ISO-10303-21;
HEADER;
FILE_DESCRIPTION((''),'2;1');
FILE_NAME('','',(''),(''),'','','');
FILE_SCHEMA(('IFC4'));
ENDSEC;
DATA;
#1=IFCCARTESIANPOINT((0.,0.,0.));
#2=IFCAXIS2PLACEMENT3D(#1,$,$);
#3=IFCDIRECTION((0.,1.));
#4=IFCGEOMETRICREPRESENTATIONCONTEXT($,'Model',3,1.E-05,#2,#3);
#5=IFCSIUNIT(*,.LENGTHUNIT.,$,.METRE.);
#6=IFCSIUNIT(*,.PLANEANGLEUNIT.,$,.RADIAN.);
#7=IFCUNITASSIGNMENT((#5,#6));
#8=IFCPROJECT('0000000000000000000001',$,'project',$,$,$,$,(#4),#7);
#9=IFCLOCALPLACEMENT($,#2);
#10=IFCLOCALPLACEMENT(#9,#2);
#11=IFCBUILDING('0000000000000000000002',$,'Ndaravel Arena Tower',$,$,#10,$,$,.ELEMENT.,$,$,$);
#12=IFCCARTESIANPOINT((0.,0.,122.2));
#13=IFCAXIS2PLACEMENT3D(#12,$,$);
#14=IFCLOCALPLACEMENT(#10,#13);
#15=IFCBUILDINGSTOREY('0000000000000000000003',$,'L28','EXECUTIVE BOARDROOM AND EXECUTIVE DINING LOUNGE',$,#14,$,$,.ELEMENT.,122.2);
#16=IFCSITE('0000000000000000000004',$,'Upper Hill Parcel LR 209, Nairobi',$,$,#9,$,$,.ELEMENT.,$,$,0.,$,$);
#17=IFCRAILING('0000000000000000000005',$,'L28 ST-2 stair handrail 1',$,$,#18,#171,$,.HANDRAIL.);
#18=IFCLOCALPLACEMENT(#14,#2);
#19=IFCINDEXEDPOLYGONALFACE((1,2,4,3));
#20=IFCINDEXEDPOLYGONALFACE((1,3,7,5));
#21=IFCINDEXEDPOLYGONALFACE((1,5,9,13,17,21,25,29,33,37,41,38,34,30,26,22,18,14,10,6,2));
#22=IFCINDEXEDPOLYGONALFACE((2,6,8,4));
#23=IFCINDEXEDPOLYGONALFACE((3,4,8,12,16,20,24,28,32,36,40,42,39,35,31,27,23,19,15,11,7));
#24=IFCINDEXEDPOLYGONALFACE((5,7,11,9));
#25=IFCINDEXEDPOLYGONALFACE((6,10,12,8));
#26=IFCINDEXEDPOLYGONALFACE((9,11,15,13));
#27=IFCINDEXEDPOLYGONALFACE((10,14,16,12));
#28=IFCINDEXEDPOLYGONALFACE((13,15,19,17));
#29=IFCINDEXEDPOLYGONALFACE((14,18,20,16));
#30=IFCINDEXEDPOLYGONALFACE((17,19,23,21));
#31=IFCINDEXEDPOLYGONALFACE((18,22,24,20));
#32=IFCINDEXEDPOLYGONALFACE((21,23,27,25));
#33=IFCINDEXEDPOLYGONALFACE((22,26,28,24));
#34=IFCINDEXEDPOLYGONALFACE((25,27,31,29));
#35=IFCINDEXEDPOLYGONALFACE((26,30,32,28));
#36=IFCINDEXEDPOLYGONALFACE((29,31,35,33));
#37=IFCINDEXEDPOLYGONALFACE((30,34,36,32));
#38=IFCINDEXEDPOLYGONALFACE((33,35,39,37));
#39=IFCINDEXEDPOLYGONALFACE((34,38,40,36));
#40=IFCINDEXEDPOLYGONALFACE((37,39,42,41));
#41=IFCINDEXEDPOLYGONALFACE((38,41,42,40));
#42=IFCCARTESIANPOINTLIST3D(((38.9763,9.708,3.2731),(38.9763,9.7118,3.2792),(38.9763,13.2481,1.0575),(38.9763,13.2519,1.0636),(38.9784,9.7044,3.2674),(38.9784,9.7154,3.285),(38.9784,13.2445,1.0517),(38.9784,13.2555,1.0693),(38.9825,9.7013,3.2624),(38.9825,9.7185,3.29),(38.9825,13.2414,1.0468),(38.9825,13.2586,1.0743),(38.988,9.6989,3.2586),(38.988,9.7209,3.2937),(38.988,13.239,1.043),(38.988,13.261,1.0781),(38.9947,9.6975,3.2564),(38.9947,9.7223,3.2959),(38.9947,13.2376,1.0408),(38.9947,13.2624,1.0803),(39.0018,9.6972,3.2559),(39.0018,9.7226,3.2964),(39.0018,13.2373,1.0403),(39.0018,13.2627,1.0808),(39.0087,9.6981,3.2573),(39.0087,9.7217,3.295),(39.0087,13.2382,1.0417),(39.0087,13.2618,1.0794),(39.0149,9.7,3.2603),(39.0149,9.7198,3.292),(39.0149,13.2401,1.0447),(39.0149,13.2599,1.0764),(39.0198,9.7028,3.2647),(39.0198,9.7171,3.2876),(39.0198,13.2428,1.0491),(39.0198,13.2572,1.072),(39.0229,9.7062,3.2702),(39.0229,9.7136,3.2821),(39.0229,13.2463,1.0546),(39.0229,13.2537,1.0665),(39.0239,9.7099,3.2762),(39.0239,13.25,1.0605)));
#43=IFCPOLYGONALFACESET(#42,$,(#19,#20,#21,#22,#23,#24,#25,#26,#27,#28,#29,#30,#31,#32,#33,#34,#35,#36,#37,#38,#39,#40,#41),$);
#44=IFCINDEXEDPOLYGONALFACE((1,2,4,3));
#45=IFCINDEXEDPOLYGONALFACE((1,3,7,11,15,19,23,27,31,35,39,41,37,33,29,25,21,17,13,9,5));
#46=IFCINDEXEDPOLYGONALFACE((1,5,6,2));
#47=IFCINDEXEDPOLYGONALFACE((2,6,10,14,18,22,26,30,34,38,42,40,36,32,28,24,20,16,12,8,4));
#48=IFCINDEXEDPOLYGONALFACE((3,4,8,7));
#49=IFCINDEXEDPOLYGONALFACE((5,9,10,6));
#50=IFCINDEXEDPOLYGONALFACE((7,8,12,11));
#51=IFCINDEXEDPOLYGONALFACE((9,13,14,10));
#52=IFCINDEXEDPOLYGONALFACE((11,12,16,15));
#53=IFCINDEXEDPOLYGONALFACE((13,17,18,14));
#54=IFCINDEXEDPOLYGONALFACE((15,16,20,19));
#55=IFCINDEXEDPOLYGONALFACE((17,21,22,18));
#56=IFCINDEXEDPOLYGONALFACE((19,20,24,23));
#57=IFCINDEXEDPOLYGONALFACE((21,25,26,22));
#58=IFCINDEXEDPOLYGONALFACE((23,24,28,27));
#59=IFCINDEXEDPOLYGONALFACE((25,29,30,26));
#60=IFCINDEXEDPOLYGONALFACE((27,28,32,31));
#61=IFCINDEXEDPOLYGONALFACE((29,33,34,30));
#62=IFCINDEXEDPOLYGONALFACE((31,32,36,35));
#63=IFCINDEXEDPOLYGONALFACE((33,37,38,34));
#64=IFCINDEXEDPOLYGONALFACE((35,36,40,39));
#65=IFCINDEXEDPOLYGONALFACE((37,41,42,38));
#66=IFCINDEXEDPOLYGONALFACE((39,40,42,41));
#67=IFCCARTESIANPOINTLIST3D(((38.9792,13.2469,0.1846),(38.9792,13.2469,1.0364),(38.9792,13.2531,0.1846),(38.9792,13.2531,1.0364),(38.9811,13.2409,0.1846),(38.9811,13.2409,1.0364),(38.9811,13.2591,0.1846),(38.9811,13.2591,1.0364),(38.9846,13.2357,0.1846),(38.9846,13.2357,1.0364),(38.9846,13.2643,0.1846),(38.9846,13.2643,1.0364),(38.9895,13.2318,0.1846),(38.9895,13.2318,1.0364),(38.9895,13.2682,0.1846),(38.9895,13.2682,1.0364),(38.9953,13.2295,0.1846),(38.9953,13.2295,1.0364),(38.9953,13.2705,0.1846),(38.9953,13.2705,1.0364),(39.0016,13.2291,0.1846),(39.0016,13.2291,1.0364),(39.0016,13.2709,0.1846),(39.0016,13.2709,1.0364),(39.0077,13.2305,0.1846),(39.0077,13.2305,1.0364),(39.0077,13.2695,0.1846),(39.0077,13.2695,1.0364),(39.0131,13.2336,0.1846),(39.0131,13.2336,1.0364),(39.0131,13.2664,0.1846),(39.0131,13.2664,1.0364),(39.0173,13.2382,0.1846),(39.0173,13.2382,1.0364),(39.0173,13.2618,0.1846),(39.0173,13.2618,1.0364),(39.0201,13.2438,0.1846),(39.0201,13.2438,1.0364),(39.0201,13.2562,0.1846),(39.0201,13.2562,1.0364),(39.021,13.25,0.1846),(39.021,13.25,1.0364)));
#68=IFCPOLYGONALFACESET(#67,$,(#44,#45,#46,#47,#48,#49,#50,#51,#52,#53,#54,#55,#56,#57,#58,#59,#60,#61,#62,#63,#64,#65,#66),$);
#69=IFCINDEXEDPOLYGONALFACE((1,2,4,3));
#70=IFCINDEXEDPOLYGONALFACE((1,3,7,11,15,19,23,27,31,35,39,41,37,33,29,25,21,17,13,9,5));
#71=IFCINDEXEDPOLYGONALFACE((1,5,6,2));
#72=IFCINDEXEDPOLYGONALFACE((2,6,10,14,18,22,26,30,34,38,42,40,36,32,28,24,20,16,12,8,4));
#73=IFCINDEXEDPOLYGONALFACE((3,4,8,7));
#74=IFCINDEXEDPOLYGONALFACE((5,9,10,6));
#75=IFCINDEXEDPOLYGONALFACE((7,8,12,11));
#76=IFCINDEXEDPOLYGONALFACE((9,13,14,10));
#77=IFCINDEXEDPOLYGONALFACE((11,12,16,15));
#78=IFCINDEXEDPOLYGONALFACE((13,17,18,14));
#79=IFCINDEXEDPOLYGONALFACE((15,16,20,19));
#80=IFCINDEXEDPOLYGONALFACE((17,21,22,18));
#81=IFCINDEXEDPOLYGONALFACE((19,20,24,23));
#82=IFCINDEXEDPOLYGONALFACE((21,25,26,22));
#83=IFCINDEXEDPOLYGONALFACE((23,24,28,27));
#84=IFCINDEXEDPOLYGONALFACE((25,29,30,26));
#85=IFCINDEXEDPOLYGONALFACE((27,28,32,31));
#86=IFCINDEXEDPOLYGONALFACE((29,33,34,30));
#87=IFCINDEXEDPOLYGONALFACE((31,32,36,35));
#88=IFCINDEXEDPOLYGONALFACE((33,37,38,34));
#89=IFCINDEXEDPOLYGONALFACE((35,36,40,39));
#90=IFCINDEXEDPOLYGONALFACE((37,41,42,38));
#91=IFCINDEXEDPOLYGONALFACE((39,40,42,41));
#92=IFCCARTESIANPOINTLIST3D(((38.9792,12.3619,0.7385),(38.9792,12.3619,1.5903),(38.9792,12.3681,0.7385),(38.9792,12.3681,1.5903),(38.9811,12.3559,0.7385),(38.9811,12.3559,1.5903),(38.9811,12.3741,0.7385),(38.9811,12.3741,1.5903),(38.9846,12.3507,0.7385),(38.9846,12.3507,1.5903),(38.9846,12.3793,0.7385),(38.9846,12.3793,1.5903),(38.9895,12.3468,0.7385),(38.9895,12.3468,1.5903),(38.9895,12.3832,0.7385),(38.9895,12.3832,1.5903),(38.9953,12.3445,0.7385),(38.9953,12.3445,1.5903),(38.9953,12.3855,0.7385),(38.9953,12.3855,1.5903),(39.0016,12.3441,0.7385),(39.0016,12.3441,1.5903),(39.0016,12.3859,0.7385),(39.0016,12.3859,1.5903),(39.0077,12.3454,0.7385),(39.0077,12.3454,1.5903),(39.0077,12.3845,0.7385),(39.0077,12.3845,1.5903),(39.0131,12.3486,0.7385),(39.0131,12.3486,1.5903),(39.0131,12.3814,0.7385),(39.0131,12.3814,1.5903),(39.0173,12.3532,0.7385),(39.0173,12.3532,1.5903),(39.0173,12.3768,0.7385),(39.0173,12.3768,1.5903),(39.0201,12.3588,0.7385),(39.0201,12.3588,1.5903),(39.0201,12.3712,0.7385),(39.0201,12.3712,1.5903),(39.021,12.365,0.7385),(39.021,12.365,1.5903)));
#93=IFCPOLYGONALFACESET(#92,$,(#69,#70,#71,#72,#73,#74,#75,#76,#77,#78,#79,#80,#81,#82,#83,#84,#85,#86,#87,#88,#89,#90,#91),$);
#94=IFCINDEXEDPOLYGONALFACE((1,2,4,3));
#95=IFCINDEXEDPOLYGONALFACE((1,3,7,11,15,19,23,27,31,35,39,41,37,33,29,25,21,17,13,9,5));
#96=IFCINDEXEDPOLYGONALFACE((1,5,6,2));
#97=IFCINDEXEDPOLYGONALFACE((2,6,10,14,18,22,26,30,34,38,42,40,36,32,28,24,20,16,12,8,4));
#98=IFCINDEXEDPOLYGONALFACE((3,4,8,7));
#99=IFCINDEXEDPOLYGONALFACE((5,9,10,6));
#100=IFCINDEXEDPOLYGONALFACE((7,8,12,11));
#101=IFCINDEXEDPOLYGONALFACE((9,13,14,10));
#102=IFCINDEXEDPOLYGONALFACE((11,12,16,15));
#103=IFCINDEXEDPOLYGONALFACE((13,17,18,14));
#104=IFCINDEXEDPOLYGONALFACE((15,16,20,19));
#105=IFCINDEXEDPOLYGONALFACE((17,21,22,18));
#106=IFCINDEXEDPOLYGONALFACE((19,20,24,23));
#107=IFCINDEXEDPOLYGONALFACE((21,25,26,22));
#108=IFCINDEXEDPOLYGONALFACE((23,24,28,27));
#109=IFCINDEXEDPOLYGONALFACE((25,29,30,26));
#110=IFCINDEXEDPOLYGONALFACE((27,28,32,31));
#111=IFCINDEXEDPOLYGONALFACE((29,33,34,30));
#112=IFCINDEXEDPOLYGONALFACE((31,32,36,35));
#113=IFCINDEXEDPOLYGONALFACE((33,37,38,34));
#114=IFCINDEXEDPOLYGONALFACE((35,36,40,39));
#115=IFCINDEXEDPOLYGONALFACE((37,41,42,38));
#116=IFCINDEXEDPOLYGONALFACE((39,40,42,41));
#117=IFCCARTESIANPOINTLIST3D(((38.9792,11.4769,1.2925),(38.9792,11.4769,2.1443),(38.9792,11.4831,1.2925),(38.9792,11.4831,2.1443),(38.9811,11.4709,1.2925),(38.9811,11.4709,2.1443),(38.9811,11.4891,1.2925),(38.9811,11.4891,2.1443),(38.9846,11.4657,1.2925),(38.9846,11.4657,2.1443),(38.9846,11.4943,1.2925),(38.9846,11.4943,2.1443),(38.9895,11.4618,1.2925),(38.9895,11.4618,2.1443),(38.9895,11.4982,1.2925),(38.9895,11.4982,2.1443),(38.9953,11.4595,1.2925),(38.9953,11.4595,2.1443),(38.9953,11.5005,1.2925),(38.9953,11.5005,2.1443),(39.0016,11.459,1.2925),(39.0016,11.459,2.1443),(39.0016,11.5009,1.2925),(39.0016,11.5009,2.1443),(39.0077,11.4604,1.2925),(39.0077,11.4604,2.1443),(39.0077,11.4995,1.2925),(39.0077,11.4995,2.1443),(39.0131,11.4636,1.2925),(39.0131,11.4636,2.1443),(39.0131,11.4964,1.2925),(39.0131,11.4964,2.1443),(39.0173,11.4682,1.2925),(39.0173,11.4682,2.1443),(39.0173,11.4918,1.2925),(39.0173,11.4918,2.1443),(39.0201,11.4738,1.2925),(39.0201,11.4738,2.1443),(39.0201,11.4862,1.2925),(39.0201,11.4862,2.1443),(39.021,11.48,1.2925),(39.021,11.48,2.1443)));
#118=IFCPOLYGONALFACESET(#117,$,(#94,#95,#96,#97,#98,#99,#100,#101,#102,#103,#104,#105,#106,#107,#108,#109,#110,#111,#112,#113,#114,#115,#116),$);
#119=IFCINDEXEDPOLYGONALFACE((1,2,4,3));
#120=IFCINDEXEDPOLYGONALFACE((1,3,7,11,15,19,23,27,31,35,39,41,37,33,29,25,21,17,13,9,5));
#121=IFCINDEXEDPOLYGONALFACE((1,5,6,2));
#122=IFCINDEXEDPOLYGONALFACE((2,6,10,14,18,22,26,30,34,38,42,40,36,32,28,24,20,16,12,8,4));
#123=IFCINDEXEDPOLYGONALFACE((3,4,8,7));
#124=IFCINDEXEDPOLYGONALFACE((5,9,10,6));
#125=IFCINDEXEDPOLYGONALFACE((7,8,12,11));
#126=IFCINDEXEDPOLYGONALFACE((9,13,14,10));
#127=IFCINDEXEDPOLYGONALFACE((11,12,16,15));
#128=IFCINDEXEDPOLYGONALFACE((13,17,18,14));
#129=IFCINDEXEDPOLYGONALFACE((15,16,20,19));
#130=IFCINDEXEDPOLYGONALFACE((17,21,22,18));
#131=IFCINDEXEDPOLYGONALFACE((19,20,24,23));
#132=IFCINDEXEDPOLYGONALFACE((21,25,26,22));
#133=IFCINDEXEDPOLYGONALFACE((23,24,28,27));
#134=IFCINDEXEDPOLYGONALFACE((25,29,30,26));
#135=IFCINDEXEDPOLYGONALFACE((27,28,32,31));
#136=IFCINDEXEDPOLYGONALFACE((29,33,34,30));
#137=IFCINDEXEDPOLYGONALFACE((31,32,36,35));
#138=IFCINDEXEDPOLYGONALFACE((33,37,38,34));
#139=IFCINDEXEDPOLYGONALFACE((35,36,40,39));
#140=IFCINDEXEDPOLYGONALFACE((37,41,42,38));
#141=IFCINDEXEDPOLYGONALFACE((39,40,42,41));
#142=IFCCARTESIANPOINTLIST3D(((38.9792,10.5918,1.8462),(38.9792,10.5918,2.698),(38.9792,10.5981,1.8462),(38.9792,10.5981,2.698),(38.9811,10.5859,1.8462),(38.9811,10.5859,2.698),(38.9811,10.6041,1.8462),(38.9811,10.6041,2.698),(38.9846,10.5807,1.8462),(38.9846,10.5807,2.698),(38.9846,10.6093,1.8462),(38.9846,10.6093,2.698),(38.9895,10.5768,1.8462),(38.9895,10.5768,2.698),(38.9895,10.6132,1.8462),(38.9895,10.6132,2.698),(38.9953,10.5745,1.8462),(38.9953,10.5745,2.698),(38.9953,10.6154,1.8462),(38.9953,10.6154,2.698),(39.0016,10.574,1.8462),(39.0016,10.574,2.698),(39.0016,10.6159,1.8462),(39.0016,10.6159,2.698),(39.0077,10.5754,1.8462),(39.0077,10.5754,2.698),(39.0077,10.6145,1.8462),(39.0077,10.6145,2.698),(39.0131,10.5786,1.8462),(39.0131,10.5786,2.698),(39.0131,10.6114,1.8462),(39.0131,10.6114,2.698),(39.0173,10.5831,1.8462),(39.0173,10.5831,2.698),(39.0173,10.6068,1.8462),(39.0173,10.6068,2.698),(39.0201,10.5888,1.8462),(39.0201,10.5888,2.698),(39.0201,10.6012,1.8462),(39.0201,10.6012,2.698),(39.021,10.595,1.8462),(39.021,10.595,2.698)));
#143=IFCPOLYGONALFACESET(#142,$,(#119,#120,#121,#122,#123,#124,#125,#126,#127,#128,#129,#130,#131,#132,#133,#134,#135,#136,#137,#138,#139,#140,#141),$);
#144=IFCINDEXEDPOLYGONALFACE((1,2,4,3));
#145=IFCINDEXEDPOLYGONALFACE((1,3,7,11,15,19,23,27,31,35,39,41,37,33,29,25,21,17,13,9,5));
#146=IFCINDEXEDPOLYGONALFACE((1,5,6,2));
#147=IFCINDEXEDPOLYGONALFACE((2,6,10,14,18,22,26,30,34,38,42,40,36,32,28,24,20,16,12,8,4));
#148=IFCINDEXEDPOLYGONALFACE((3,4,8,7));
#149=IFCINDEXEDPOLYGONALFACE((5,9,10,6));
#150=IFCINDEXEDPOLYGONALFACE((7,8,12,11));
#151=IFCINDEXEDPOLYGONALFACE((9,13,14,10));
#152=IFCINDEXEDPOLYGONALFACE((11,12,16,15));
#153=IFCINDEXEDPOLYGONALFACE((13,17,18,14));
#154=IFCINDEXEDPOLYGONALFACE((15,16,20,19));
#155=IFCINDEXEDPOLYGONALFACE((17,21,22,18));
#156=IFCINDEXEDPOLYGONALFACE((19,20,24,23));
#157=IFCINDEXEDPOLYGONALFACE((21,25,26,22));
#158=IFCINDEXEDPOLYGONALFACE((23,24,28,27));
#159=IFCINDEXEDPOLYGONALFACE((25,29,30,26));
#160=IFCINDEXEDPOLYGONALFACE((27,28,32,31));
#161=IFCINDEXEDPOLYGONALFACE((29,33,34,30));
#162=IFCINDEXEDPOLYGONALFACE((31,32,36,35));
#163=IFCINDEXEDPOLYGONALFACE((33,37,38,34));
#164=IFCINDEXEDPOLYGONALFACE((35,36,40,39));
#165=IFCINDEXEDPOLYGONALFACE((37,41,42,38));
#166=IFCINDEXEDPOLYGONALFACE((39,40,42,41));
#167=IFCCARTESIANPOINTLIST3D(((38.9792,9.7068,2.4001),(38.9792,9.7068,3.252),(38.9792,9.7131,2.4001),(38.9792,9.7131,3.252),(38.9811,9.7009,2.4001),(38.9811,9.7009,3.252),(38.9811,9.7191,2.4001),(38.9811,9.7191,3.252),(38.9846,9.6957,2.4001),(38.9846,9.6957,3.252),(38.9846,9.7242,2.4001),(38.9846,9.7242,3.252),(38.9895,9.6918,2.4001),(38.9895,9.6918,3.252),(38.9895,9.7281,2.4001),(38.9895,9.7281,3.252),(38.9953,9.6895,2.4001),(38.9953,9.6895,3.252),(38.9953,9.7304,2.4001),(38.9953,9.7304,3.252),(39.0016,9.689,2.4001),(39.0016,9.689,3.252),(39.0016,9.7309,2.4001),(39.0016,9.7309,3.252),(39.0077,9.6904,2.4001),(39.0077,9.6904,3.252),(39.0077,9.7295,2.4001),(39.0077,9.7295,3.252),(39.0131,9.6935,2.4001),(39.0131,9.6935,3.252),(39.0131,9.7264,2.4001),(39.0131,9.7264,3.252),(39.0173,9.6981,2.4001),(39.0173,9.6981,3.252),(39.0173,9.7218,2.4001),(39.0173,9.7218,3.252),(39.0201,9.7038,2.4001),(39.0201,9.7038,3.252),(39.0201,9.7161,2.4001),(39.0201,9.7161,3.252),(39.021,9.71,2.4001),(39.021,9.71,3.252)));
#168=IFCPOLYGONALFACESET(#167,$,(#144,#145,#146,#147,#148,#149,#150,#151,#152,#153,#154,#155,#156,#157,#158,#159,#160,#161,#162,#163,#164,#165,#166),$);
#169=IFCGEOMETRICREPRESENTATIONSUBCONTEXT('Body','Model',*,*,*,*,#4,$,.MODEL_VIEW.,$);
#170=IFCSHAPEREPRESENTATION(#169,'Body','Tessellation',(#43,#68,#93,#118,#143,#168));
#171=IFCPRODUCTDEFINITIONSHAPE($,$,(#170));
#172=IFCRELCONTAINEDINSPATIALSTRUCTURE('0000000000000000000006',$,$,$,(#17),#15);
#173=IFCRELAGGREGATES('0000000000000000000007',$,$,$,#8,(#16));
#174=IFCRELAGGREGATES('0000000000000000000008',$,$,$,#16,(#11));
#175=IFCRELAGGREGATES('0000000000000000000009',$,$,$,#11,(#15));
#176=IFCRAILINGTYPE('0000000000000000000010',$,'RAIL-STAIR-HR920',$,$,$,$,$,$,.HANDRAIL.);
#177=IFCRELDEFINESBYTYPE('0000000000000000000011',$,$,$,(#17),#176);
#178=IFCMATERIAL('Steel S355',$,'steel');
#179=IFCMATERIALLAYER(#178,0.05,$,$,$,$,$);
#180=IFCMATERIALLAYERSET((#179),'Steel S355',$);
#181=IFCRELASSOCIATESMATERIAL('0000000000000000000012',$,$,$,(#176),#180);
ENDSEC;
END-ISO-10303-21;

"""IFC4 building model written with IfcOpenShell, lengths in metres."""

from ifc_helpers import new_model, si_unit, direction, frame, origin, origin_2d, place, context, subcontext, project, spatial, circle, extrude, material, layer, layer_set, type_object, element, save


model = new_model("IFC4")

# Units and contexts
model_context = context("Model", 3, precision=1e-05, world=origin(), true_north=direction((0.0, 1.0)))
body_context = subcontext(model_context, "Body", "Model", "MODEL_VIEW")
ifc_project = project(units=[si_unit("LENGTHUNIT", "METRE"), si_unit("PLANEANGLEUNIT", "RADIAN")], contexts=[model_context])

# Site, building, storey
site_placement = place(None, origin())
site = spatial("IfcSite", under=ifc_project, at=site_placement, Name="Upper Hill Parcel LR 209, Nairobi", CompositionType="ELEMENT", RefElevation=0.0)
building_placement = place(site_placement, origin())
building = spatial("IfcBuilding", under=site, at=building_placement, Name="Ndaravel Arena Tower", CompositionType="ELEMENT")
storey_placement = place(building_placement, frame((0.0, 0.0, 122.2)))
storey = spatial("IfcBuildingStorey", under=building, at=storey_placement, Name="L28", Description="EXECUTIVE BOARDROOM AND EXECUTIVE DINING LOUNGE", CompositionType="ELEMENT", Elevation=122.2)

# Railing
ifc_material_1 = material(Name="Steel S355", Category="steel")
ifc_layer_1 = layer(ifc_material_1, 0.05)
ifc_layer_set_1 = layer_set([ifc_layer_1], Name="Steel S355")
railing_type_1 = type_object("IfcRailingType", Name="RAIL-STAIR-HR920", PredefinedType="HANDRAIL", material=ifc_layer_set_1)
railing_1_placement = place(storey_placement, frame((39.0, 13.25, 0.1846)))
element("IfcRailing", 1, at=railing_1_placement, inside=storey, type_object=railing_type_1, Name="L28 ST-2 stair handrail 1", PredefinedType="HANDRAIL", context=body_context, shape_type="SweptSolid", body=[
    extrude(circle(Radius=0.0239, at=origin_2d()), frame((0.0, 0.0, 0.876), z_axis=(0.0, -0.84767, 0.530524), x_axis=(1.0, 0.0, 0.0)), (0.0, 0.0, 1.0), 4.1763),
    extrude(circle(Radius=0.021, at=origin_2d()), origin(), (0.0, 0.0, 1.0), 0.8518),
    extrude(circle(Radius=0.021, at=origin_2d()), frame((0.0, -0.885, 0.554)), (0.0, 0.0, 1.0), 0.8518),
    extrude(circle(Radius=0.021, at=origin_2d()), frame((0.0, -1.77, 1.1079)), (0.0, 0.0, 1.0), 0.8518),
    extrude(circle(Radius=0.021, at=origin_2d()), frame((0.0, -2.655, 1.6616)), (0.0, 0.0, 1.0), 0.8518),
    extrude(circle(Radius=0.021, at=origin_2d()), frame((0.0, -3.54, 2.2156)), (0.0, 0.0, 1.0), 0.8518),
])

save(model, "model.ifc")
